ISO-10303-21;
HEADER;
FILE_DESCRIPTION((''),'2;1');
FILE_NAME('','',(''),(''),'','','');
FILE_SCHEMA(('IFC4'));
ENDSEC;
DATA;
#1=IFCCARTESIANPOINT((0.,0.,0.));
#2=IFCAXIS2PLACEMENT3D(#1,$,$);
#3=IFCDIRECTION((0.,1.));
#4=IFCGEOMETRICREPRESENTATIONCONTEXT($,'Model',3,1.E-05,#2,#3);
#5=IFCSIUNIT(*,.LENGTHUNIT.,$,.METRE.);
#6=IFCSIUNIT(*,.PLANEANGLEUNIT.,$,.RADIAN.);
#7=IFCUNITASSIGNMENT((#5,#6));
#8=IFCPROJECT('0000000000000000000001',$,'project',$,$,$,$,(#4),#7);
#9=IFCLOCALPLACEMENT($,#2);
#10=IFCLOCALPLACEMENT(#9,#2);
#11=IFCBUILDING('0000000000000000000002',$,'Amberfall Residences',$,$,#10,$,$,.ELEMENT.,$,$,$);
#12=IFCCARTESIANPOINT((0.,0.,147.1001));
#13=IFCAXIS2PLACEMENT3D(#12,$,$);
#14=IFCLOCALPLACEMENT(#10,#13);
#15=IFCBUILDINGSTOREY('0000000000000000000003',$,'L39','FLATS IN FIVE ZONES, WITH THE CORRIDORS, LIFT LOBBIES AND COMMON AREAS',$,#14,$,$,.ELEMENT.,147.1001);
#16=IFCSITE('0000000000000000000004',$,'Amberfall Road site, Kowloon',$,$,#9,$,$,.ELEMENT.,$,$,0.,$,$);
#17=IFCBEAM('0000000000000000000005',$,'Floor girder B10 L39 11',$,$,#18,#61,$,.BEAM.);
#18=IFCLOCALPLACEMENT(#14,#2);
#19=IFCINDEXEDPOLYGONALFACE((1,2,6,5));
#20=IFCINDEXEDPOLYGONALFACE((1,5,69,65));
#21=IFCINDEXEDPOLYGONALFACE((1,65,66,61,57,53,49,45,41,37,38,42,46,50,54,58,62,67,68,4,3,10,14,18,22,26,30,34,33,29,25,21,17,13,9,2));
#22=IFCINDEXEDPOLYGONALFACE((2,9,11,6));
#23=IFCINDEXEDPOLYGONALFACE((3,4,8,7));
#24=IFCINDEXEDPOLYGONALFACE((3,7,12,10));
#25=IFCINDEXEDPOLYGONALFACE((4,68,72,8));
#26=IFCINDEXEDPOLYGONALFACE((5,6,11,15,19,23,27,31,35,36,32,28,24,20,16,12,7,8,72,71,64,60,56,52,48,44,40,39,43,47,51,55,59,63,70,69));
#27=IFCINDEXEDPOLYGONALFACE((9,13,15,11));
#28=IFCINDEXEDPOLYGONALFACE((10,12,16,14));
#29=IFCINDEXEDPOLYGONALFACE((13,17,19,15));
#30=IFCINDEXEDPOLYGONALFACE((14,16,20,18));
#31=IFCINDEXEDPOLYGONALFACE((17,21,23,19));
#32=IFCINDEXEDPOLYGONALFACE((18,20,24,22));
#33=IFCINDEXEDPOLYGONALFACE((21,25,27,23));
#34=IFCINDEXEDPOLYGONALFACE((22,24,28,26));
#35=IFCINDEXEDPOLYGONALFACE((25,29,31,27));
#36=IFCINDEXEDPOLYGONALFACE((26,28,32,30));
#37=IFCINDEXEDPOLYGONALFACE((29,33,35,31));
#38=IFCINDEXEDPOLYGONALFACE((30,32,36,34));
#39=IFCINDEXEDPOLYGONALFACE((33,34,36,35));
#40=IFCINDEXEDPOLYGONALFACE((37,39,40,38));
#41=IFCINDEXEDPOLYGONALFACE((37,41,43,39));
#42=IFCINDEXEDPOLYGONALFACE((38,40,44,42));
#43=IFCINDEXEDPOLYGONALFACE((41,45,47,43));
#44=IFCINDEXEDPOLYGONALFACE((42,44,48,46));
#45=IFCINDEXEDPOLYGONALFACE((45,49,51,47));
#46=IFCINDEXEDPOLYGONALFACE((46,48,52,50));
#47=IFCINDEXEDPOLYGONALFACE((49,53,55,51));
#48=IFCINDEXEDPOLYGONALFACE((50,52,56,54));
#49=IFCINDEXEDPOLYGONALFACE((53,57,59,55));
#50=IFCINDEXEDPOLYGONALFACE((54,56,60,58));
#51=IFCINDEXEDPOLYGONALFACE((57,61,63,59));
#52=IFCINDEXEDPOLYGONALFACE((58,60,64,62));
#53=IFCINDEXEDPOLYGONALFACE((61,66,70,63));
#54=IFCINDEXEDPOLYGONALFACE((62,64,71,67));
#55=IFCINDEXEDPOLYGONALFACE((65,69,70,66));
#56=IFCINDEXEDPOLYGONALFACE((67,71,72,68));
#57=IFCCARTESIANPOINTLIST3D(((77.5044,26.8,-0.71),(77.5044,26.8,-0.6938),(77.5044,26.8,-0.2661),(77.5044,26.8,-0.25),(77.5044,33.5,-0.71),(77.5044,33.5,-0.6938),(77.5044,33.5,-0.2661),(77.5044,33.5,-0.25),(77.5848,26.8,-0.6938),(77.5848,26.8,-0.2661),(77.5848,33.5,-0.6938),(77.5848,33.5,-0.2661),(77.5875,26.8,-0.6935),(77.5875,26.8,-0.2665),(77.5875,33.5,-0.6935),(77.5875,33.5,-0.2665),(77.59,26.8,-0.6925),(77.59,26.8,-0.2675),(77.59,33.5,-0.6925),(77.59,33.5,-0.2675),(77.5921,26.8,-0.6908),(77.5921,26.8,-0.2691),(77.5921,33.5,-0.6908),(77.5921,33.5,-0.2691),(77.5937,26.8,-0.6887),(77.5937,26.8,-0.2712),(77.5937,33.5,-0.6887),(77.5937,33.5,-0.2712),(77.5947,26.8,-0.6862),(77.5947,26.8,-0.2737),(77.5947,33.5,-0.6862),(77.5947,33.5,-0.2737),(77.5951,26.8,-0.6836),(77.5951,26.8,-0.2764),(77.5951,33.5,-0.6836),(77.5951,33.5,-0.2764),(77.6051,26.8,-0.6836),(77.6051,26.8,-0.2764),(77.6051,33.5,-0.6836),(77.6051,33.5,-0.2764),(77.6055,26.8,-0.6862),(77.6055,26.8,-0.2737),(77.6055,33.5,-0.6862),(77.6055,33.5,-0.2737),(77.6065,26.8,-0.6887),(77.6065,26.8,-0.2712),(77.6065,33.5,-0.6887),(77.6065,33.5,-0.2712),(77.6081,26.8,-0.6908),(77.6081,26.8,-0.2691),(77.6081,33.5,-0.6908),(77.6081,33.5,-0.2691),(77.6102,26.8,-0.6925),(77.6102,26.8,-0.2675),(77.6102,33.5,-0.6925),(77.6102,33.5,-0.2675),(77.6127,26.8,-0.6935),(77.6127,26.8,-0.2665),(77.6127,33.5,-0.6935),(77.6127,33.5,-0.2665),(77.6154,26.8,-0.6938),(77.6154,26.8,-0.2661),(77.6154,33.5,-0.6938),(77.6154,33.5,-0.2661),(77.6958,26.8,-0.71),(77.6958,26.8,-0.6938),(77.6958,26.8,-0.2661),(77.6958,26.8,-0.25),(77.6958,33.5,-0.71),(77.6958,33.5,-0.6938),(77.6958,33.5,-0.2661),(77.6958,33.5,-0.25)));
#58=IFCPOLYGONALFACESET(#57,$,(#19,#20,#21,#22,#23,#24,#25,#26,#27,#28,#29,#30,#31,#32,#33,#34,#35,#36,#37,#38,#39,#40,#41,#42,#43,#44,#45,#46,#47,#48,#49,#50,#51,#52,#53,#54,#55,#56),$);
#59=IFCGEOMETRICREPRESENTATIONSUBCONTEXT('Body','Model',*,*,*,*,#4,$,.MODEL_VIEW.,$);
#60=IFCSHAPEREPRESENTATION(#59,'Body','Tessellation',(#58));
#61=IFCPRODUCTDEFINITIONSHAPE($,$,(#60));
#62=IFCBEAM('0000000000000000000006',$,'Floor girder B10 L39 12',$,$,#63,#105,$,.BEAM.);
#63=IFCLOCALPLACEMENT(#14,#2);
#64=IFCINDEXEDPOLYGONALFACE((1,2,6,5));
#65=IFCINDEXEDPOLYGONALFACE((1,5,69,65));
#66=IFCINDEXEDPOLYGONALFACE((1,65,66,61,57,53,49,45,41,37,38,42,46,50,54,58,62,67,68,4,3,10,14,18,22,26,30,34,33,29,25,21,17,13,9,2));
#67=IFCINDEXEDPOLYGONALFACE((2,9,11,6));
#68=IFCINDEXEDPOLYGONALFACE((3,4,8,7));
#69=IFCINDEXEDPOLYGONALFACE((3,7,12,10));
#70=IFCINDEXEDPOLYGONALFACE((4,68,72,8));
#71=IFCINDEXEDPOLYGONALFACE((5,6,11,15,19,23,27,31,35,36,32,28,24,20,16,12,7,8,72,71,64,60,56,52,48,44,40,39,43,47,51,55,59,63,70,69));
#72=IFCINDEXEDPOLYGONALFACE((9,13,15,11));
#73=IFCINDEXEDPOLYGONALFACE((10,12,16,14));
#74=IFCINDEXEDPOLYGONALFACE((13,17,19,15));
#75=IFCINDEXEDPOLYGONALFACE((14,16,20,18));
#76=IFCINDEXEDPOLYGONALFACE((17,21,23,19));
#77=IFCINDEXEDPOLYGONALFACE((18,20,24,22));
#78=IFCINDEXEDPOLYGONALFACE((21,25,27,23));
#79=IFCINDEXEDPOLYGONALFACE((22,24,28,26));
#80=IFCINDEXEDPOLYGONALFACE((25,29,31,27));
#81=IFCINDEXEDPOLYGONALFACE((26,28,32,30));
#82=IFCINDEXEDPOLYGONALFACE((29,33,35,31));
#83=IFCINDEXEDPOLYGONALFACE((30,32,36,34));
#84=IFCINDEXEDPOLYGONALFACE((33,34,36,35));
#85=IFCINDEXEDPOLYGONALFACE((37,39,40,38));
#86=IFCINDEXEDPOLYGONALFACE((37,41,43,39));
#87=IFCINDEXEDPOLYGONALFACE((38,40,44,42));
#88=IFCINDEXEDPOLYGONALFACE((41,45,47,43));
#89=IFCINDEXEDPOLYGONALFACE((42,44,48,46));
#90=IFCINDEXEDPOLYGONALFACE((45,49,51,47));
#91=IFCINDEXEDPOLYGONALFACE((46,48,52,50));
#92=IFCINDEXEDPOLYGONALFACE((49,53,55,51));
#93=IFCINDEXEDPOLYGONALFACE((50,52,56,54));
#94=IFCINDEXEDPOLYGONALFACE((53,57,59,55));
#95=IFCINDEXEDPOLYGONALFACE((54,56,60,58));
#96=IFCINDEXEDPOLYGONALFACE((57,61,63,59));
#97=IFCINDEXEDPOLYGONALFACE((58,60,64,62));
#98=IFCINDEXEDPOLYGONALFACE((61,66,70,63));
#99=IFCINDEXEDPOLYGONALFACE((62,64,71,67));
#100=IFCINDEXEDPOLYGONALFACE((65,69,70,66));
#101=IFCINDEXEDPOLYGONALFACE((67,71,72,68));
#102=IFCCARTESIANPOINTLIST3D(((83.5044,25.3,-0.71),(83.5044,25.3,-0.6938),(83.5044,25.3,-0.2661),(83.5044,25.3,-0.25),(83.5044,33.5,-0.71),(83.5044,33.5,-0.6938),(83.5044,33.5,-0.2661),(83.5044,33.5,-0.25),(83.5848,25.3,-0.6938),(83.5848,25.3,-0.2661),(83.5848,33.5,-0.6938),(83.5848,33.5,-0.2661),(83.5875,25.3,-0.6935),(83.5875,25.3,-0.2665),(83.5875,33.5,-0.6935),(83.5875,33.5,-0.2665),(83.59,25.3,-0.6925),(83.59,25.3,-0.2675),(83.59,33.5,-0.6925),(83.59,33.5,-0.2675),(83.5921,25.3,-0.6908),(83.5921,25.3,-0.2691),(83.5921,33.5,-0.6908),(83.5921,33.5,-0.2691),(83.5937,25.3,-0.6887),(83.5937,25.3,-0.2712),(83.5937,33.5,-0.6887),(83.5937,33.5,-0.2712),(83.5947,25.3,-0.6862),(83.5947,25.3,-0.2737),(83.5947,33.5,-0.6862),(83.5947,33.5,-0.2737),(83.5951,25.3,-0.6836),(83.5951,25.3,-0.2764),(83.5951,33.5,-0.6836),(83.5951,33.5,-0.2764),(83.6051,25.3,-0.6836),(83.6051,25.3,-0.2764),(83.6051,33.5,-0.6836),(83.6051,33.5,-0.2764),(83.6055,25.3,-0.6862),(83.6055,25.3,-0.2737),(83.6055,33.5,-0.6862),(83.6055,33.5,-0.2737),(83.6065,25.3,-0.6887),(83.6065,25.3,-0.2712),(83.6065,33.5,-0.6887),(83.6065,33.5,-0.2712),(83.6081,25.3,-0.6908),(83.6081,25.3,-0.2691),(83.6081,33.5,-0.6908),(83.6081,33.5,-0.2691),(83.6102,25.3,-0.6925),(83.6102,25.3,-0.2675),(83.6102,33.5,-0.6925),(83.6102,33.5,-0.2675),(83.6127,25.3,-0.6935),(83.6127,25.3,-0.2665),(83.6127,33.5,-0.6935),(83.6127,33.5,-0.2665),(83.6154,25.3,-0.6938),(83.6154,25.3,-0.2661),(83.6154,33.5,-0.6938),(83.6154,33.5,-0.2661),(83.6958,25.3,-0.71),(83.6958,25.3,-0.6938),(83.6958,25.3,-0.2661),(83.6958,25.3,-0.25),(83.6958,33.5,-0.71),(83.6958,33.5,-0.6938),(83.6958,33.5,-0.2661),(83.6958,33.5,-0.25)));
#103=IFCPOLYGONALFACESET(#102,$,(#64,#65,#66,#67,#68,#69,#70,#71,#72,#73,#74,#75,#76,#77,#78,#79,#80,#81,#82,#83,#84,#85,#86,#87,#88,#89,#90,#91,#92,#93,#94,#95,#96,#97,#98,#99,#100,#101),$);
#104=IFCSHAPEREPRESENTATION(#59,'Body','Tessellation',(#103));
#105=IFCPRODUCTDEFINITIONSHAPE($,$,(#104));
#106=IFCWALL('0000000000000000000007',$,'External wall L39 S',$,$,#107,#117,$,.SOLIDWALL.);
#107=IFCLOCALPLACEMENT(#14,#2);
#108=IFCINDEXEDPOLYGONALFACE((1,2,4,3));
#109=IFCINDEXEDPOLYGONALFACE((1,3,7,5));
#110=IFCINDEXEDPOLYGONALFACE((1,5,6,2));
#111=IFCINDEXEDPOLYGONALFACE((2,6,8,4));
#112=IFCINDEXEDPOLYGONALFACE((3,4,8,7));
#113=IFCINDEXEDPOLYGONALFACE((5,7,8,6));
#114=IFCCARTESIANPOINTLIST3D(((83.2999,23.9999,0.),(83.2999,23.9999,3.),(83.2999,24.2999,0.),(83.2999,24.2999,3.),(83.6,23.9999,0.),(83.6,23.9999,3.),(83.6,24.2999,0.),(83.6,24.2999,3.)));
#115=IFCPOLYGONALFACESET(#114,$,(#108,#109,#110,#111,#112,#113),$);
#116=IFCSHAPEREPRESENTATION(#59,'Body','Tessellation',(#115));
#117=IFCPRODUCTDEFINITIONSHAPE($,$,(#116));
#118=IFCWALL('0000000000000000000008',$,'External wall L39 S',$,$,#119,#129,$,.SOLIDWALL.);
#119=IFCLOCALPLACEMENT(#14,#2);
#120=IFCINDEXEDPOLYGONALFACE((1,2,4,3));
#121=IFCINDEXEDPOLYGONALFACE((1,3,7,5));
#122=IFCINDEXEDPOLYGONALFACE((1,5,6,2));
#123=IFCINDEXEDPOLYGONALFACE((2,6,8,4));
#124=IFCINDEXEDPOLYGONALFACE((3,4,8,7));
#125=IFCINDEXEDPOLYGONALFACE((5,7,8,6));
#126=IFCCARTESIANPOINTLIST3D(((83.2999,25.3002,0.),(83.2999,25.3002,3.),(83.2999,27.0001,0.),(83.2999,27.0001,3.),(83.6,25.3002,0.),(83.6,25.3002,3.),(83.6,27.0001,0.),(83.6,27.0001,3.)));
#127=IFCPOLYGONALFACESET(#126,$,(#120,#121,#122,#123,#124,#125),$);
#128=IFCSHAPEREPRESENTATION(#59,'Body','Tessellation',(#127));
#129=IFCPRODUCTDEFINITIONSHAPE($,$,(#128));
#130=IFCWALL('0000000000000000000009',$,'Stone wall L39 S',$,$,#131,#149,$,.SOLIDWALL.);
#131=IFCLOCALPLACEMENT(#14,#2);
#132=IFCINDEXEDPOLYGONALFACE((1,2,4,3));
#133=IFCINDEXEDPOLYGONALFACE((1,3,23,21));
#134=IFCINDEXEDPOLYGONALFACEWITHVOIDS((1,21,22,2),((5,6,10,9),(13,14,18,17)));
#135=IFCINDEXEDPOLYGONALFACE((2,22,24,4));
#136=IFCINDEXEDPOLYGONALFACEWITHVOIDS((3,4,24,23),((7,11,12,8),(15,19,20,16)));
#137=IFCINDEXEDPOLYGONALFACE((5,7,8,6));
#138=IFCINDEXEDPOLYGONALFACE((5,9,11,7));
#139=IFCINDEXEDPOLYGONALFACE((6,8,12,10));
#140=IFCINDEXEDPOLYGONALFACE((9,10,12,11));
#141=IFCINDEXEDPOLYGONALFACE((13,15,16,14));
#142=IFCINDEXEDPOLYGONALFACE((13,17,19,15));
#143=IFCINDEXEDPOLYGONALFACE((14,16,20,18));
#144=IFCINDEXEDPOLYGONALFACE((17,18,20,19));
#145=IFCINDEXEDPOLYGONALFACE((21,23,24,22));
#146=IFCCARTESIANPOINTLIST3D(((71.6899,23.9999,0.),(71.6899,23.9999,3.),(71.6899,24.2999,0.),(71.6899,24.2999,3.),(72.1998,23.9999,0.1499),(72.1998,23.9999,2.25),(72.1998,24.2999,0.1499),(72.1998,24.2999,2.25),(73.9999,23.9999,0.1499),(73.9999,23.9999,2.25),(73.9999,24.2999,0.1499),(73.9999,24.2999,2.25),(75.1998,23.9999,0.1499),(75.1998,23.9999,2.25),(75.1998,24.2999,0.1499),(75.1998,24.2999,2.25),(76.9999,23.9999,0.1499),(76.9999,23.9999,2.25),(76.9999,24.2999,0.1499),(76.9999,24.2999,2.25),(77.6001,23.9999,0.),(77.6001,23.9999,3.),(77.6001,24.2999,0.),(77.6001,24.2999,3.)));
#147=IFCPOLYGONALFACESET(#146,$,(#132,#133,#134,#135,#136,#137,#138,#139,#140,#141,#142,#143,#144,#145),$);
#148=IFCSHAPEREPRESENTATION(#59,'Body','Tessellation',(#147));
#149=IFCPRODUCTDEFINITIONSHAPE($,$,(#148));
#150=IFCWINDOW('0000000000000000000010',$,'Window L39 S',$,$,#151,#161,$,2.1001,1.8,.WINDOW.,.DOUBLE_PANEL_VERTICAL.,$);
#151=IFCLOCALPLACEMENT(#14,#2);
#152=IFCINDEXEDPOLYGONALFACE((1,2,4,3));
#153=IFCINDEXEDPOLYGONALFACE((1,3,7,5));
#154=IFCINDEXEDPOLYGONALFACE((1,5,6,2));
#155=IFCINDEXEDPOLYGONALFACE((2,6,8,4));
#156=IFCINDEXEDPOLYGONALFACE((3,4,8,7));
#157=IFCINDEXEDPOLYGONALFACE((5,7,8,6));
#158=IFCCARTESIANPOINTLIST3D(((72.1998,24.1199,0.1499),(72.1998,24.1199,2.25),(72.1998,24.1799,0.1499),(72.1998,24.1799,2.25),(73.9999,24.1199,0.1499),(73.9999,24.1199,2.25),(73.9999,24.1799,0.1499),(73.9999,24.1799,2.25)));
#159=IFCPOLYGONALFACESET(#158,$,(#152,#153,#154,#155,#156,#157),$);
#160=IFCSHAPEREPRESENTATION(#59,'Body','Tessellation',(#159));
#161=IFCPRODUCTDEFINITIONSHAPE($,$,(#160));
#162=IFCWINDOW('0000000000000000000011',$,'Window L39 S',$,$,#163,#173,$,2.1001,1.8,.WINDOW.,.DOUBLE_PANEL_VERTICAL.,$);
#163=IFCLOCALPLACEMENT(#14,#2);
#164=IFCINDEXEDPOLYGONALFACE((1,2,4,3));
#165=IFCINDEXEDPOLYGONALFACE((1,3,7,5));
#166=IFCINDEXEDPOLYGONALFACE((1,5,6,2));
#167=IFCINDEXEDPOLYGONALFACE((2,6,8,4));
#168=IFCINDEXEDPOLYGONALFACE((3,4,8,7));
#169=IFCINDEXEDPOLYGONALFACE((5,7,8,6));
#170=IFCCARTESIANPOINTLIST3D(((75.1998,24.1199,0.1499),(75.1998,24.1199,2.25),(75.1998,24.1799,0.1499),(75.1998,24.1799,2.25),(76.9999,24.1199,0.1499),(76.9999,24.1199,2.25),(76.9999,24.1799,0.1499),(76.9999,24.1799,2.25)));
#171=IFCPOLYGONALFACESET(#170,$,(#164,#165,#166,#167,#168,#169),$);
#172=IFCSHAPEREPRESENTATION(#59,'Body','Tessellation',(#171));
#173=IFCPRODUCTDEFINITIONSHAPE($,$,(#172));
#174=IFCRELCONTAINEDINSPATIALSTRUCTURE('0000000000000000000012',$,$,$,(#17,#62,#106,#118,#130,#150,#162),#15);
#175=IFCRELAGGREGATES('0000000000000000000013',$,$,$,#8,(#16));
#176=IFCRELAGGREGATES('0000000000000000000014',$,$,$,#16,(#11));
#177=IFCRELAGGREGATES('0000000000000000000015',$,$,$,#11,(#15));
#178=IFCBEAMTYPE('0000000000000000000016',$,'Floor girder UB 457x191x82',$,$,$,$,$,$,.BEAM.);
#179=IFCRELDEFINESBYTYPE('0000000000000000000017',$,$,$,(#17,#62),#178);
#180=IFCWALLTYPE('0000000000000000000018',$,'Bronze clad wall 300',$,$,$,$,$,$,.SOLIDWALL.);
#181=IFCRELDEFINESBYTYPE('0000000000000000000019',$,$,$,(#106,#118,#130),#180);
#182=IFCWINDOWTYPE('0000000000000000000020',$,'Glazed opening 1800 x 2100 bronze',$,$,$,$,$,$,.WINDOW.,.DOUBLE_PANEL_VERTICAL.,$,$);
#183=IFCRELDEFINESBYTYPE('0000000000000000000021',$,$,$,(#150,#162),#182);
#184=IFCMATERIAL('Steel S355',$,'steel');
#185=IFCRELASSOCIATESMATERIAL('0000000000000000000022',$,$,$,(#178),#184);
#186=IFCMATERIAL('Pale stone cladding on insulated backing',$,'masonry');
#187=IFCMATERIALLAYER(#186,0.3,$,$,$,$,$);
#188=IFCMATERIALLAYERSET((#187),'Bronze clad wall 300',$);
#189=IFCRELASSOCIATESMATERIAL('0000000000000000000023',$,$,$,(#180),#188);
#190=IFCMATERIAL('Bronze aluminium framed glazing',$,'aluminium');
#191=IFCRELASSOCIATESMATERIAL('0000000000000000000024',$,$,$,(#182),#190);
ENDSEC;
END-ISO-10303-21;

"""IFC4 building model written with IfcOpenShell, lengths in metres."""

from ifc_helpers import new_model, si_unit, direction, frame, frame_2d, origin, origin_2d, place, context, subcontext, project, spatial, rectangle, i_section, extrude, material, layer, layer_set, material_profile, profile_set, type_object, element, fill, save


model = new_model("IFC4")

# Units and contexts
model_context = context("Model", 3, precision=1e-05, world=origin(), true_north=direction((0.0, 1.0)))
body_context = subcontext(model_context, "Body", "Model", "MODEL_VIEW")
ifc_project = project(units=[si_unit("LENGTHUNIT", "METRE"), si_unit("PLANEANGLEUNIT", "RADIAN")], contexts=[model_context])

# Site, building, storey
site_placement = place(None, origin())
site = spatial("IfcSite", under=ifc_project, at=site_placement, Name="Amberfall Road site, Kowloon", CompositionType="ELEMENT", RefElevation=0.0)
building_placement = place(site_placement, origin())
building = spatial("IfcBuilding", under=site, at=building_placement, Name="Amberfall Residences", CompositionType="ELEMENT")
storey_placement = place(building_placement, frame((0.0, 0.0, 147.1001)))
storey = spatial("IfcBuildingStorey", under=building, at=storey_placement, Name="L39", Description="FLATS IN FIVE ZONES, WITH THE CORRIDORS, LIFT LOBBIES AND COMMON AREAS", CompositionType="ELEMENT", Elevation=147.1001)

# Beams
ifc_material_1 = material(Name="Steel S355", Category="steel")
ifc_material_profile_1 = material_profile(ifc_material_1, i_section(OverallWidth=0.1914, OverallDepth=0.46, WebThickness=0.01, FlangeThickness=0.0161, FilletRadius=0.0103, at=origin_2d()), Name="UB 457x191x82")
ifc_profile_set_1 = profile_set([ifc_material_profile_1], Name="Steel S355")
beam_type_1 = type_object("IfcBeamType", Name="Floor girder UB 457x191x82", PredefinedType="BEAM", material=ifc_profile_set_1)
beam_1_placement = place(storey_placement, frame((77.6001, 26.8, -0.48), z_axis=(0.0, 1.0, 0.0), x_axis=(-1.0, 0.0, 0.0)))
element("IfcBeam", 1, at=beam_1_placement, inside=storey, type_object=beam_type_1, Name="Floor girder B10 L39 11", PredefinedType="BEAM", context=body_context, shape_type="SweptSolid", body=[
    extrude(i_section(OverallWidth=0.1914, OverallDepth=0.46, WebThickness=0.01, FlangeThickness=0.0161, FilletRadius=0.0103, at=origin_2d()), origin(), (0.0, 0.0, 1.0), 6.7),
])
beam_2_placement = place(storey_placement, frame((83.6001, 25.3, -0.48), z_axis=(0.0, 1.0, 0.0), x_axis=(-1.0, 0.0, 0.0)))
element("IfcBeam", 2, at=beam_2_placement, inside=storey, type_object=beam_type_1, Name="Floor girder B10 L39 12", PredefinedType="BEAM", context=body_context, shape_type="SweptSolid", body=[
    extrude(i_section(OverallWidth=0.1914, OverallDepth=0.46, WebThickness=0.01, FlangeThickness=0.0161, FilletRadius=0.0103, at=origin_2d()), origin(), (0.0, 0.0, 1.0), 8.2),
])

# Walls
ifc_material_2 = material(Name="Pale stone cladding on insulated backing", Category="masonry")
ifc_layer_1 = layer(ifc_material_2, 0.3)
ifc_layer_set_1 = layer_set([ifc_layer_1], Name="Bronze clad wall 300")
wall_type_1 = type_object("IfcWallType", Name="Bronze clad wall 300", PredefinedType="SOLIDWALL", material=ifc_layer_set_1)
wall_1_placement = place(storey_placement, frame((83.45, 24.0, 0.0), z_axis=(0.0, 0.0, 1.0), x_axis=(0.0, 1.0, 0.0)))
element("IfcWall", 3, at=wall_1_placement, inside=storey, type_object=wall_type_1, Name="External wall L39 S", PredefinedType="SOLIDWALL", context=body_context, shape_type="SweptSolid", body=[
    extrude(rectangle(XDim=0.3, YDim=0.3, at=frame_2d((0.1499, 0.0))), origin(), (0.0, 0.0, 1.0), 3.0),
])
wall_2_placement = place(storey_placement, frame((83.45, 25.3, 0.0), z_axis=(0.0, 0.0, 1.0), x_axis=(0.0, 1.0, 0.0)))
element("IfcWall", 4, at=wall_2_placement, inside=storey, type_object=wall_type_1, Name="External wall L39 S", PredefinedType="SOLIDWALL", context=body_context, shape_type="SweptSolid", body=[
    extrude(rectangle(XDim=1.7, YDim=0.3, at=frame_2d((0.8501, 0.0))), origin(), (0.0, 0.0, 1.0), 3.0),
])

# Wall, openings, windows
wall_3_placement = place(storey_placement, frame((71.6899, 24.1499, 0.0), z_axis=(0.0, 0.0, 1.0), x_axis=(1.0, 0.0, 0.0)))
wall_3 = element("IfcWall", 5, at=wall_3_placement, inside=storey, type_object=wall_type_1, Name="Stone wall L39 S", PredefinedType="SOLIDWALL", context=body_context, shape_type="SweptSolid", body=[
    extrude(rectangle(XDim=5.9102, YDim=0.3, at=frame_2d((2.9551, 0.0))), origin(), (0.0, 0.0, 1.0), 3.0),
])
opening_1_placement = place(wall_3_placement, frame((0.51, 0.0, 0.1499)))
opening_1 = element("IfcOpeningElement", 6, at=opening_1_placement, cuts=wall_3, PredefinedType="OPENING", context=body_context, shape_type="SweptSolid", body=[
    extrude(rectangle(XDim=1.8, YDim=2.1001, at=frame_2d((0.8999, 1.05))), frame((0.0, 0.1599, 0.0), z_axis=(0.0, -1.0, 0.0), x_axis=(1.0, 0.0, 0.0)), (0.0, 0.0, 1.0), 0.3201),
])
opening_2_placement = place(wall_3_placement, frame((3.51, 0.0, 0.1499)))
opening_2 = element("IfcOpeningElement", 7, at=opening_2_placement, cuts=wall_3, PredefinedType="OPENING", context=body_context, shape_type="SweptSolid", body=[
    extrude(rectangle(XDim=1.8, YDim=2.1001, at=frame_2d((0.8999, 1.05))), frame((0.0, 0.1599, 0.0), z_axis=(0.0, -1.0, 0.0), x_axis=(1.0, 0.0, 0.0)), (0.0, 0.0, 1.0), 0.3201),
])
ifc_material_3 = material(Name="Bronze aluminium framed glazing", Category="aluminium")
window_type = type_object("IfcWindowType", Name="Glazed opening 1800 x 2100 bronze", PartitioningType="DOUBLE_PANEL_VERTICAL", PredefinedType="WINDOW", material=ifc_material_3)
window_1_placement = place(opening_1_placement, origin())
window_1 = element("IfcWindow", 8, at=window_1_placement, inside=storey, type_object=window_type, Name="Window L39 S", OverallHeight=2.1001, OverallWidth=1.8, PartitioningType="DOUBLE_PANEL_VERTICAL", PredefinedType="WINDOW", context=body_context, shape_type="SweptSolid", body=[
    extrude(rectangle(XDim=1.8, YDim=2.1001, at=frame_2d((0.8999, 1.05))), frame((0.0, 0.03, 0.0), z_axis=(0.0, -1.0, 0.0), x_axis=(1.0, 0.0, 0.0)), (0.0, 0.0, 1.0), 0.0601),
])
fill(opening_1, window_1)
window_2_placement = place(opening_2_placement, origin())
window_2 = element("IfcWindow", 9, at=window_2_placement, inside=storey, type_object=window_type, Name="Window L39 S", OverallHeight=2.1001, OverallWidth=1.8, PartitioningType="DOUBLE_PANEL_VERTICAL", PredefinedType="WINDOW", context=body_context, shape_type="SweptSolid", body=[
    extrude(rectangle(XDim=1.8, YDim=2.1001, at=frame_2d((0.8999, 1.05))), frame((0.0, 0.03, 0.0), z_axis=(0.0, -1.0, 0.0), x_axis=(1.0, 0.0, 0.0)), (0.0, 0.0, 1.0), 0.0601),
])
fill(opening_2, window_2)

save(model, "model.ifc")
